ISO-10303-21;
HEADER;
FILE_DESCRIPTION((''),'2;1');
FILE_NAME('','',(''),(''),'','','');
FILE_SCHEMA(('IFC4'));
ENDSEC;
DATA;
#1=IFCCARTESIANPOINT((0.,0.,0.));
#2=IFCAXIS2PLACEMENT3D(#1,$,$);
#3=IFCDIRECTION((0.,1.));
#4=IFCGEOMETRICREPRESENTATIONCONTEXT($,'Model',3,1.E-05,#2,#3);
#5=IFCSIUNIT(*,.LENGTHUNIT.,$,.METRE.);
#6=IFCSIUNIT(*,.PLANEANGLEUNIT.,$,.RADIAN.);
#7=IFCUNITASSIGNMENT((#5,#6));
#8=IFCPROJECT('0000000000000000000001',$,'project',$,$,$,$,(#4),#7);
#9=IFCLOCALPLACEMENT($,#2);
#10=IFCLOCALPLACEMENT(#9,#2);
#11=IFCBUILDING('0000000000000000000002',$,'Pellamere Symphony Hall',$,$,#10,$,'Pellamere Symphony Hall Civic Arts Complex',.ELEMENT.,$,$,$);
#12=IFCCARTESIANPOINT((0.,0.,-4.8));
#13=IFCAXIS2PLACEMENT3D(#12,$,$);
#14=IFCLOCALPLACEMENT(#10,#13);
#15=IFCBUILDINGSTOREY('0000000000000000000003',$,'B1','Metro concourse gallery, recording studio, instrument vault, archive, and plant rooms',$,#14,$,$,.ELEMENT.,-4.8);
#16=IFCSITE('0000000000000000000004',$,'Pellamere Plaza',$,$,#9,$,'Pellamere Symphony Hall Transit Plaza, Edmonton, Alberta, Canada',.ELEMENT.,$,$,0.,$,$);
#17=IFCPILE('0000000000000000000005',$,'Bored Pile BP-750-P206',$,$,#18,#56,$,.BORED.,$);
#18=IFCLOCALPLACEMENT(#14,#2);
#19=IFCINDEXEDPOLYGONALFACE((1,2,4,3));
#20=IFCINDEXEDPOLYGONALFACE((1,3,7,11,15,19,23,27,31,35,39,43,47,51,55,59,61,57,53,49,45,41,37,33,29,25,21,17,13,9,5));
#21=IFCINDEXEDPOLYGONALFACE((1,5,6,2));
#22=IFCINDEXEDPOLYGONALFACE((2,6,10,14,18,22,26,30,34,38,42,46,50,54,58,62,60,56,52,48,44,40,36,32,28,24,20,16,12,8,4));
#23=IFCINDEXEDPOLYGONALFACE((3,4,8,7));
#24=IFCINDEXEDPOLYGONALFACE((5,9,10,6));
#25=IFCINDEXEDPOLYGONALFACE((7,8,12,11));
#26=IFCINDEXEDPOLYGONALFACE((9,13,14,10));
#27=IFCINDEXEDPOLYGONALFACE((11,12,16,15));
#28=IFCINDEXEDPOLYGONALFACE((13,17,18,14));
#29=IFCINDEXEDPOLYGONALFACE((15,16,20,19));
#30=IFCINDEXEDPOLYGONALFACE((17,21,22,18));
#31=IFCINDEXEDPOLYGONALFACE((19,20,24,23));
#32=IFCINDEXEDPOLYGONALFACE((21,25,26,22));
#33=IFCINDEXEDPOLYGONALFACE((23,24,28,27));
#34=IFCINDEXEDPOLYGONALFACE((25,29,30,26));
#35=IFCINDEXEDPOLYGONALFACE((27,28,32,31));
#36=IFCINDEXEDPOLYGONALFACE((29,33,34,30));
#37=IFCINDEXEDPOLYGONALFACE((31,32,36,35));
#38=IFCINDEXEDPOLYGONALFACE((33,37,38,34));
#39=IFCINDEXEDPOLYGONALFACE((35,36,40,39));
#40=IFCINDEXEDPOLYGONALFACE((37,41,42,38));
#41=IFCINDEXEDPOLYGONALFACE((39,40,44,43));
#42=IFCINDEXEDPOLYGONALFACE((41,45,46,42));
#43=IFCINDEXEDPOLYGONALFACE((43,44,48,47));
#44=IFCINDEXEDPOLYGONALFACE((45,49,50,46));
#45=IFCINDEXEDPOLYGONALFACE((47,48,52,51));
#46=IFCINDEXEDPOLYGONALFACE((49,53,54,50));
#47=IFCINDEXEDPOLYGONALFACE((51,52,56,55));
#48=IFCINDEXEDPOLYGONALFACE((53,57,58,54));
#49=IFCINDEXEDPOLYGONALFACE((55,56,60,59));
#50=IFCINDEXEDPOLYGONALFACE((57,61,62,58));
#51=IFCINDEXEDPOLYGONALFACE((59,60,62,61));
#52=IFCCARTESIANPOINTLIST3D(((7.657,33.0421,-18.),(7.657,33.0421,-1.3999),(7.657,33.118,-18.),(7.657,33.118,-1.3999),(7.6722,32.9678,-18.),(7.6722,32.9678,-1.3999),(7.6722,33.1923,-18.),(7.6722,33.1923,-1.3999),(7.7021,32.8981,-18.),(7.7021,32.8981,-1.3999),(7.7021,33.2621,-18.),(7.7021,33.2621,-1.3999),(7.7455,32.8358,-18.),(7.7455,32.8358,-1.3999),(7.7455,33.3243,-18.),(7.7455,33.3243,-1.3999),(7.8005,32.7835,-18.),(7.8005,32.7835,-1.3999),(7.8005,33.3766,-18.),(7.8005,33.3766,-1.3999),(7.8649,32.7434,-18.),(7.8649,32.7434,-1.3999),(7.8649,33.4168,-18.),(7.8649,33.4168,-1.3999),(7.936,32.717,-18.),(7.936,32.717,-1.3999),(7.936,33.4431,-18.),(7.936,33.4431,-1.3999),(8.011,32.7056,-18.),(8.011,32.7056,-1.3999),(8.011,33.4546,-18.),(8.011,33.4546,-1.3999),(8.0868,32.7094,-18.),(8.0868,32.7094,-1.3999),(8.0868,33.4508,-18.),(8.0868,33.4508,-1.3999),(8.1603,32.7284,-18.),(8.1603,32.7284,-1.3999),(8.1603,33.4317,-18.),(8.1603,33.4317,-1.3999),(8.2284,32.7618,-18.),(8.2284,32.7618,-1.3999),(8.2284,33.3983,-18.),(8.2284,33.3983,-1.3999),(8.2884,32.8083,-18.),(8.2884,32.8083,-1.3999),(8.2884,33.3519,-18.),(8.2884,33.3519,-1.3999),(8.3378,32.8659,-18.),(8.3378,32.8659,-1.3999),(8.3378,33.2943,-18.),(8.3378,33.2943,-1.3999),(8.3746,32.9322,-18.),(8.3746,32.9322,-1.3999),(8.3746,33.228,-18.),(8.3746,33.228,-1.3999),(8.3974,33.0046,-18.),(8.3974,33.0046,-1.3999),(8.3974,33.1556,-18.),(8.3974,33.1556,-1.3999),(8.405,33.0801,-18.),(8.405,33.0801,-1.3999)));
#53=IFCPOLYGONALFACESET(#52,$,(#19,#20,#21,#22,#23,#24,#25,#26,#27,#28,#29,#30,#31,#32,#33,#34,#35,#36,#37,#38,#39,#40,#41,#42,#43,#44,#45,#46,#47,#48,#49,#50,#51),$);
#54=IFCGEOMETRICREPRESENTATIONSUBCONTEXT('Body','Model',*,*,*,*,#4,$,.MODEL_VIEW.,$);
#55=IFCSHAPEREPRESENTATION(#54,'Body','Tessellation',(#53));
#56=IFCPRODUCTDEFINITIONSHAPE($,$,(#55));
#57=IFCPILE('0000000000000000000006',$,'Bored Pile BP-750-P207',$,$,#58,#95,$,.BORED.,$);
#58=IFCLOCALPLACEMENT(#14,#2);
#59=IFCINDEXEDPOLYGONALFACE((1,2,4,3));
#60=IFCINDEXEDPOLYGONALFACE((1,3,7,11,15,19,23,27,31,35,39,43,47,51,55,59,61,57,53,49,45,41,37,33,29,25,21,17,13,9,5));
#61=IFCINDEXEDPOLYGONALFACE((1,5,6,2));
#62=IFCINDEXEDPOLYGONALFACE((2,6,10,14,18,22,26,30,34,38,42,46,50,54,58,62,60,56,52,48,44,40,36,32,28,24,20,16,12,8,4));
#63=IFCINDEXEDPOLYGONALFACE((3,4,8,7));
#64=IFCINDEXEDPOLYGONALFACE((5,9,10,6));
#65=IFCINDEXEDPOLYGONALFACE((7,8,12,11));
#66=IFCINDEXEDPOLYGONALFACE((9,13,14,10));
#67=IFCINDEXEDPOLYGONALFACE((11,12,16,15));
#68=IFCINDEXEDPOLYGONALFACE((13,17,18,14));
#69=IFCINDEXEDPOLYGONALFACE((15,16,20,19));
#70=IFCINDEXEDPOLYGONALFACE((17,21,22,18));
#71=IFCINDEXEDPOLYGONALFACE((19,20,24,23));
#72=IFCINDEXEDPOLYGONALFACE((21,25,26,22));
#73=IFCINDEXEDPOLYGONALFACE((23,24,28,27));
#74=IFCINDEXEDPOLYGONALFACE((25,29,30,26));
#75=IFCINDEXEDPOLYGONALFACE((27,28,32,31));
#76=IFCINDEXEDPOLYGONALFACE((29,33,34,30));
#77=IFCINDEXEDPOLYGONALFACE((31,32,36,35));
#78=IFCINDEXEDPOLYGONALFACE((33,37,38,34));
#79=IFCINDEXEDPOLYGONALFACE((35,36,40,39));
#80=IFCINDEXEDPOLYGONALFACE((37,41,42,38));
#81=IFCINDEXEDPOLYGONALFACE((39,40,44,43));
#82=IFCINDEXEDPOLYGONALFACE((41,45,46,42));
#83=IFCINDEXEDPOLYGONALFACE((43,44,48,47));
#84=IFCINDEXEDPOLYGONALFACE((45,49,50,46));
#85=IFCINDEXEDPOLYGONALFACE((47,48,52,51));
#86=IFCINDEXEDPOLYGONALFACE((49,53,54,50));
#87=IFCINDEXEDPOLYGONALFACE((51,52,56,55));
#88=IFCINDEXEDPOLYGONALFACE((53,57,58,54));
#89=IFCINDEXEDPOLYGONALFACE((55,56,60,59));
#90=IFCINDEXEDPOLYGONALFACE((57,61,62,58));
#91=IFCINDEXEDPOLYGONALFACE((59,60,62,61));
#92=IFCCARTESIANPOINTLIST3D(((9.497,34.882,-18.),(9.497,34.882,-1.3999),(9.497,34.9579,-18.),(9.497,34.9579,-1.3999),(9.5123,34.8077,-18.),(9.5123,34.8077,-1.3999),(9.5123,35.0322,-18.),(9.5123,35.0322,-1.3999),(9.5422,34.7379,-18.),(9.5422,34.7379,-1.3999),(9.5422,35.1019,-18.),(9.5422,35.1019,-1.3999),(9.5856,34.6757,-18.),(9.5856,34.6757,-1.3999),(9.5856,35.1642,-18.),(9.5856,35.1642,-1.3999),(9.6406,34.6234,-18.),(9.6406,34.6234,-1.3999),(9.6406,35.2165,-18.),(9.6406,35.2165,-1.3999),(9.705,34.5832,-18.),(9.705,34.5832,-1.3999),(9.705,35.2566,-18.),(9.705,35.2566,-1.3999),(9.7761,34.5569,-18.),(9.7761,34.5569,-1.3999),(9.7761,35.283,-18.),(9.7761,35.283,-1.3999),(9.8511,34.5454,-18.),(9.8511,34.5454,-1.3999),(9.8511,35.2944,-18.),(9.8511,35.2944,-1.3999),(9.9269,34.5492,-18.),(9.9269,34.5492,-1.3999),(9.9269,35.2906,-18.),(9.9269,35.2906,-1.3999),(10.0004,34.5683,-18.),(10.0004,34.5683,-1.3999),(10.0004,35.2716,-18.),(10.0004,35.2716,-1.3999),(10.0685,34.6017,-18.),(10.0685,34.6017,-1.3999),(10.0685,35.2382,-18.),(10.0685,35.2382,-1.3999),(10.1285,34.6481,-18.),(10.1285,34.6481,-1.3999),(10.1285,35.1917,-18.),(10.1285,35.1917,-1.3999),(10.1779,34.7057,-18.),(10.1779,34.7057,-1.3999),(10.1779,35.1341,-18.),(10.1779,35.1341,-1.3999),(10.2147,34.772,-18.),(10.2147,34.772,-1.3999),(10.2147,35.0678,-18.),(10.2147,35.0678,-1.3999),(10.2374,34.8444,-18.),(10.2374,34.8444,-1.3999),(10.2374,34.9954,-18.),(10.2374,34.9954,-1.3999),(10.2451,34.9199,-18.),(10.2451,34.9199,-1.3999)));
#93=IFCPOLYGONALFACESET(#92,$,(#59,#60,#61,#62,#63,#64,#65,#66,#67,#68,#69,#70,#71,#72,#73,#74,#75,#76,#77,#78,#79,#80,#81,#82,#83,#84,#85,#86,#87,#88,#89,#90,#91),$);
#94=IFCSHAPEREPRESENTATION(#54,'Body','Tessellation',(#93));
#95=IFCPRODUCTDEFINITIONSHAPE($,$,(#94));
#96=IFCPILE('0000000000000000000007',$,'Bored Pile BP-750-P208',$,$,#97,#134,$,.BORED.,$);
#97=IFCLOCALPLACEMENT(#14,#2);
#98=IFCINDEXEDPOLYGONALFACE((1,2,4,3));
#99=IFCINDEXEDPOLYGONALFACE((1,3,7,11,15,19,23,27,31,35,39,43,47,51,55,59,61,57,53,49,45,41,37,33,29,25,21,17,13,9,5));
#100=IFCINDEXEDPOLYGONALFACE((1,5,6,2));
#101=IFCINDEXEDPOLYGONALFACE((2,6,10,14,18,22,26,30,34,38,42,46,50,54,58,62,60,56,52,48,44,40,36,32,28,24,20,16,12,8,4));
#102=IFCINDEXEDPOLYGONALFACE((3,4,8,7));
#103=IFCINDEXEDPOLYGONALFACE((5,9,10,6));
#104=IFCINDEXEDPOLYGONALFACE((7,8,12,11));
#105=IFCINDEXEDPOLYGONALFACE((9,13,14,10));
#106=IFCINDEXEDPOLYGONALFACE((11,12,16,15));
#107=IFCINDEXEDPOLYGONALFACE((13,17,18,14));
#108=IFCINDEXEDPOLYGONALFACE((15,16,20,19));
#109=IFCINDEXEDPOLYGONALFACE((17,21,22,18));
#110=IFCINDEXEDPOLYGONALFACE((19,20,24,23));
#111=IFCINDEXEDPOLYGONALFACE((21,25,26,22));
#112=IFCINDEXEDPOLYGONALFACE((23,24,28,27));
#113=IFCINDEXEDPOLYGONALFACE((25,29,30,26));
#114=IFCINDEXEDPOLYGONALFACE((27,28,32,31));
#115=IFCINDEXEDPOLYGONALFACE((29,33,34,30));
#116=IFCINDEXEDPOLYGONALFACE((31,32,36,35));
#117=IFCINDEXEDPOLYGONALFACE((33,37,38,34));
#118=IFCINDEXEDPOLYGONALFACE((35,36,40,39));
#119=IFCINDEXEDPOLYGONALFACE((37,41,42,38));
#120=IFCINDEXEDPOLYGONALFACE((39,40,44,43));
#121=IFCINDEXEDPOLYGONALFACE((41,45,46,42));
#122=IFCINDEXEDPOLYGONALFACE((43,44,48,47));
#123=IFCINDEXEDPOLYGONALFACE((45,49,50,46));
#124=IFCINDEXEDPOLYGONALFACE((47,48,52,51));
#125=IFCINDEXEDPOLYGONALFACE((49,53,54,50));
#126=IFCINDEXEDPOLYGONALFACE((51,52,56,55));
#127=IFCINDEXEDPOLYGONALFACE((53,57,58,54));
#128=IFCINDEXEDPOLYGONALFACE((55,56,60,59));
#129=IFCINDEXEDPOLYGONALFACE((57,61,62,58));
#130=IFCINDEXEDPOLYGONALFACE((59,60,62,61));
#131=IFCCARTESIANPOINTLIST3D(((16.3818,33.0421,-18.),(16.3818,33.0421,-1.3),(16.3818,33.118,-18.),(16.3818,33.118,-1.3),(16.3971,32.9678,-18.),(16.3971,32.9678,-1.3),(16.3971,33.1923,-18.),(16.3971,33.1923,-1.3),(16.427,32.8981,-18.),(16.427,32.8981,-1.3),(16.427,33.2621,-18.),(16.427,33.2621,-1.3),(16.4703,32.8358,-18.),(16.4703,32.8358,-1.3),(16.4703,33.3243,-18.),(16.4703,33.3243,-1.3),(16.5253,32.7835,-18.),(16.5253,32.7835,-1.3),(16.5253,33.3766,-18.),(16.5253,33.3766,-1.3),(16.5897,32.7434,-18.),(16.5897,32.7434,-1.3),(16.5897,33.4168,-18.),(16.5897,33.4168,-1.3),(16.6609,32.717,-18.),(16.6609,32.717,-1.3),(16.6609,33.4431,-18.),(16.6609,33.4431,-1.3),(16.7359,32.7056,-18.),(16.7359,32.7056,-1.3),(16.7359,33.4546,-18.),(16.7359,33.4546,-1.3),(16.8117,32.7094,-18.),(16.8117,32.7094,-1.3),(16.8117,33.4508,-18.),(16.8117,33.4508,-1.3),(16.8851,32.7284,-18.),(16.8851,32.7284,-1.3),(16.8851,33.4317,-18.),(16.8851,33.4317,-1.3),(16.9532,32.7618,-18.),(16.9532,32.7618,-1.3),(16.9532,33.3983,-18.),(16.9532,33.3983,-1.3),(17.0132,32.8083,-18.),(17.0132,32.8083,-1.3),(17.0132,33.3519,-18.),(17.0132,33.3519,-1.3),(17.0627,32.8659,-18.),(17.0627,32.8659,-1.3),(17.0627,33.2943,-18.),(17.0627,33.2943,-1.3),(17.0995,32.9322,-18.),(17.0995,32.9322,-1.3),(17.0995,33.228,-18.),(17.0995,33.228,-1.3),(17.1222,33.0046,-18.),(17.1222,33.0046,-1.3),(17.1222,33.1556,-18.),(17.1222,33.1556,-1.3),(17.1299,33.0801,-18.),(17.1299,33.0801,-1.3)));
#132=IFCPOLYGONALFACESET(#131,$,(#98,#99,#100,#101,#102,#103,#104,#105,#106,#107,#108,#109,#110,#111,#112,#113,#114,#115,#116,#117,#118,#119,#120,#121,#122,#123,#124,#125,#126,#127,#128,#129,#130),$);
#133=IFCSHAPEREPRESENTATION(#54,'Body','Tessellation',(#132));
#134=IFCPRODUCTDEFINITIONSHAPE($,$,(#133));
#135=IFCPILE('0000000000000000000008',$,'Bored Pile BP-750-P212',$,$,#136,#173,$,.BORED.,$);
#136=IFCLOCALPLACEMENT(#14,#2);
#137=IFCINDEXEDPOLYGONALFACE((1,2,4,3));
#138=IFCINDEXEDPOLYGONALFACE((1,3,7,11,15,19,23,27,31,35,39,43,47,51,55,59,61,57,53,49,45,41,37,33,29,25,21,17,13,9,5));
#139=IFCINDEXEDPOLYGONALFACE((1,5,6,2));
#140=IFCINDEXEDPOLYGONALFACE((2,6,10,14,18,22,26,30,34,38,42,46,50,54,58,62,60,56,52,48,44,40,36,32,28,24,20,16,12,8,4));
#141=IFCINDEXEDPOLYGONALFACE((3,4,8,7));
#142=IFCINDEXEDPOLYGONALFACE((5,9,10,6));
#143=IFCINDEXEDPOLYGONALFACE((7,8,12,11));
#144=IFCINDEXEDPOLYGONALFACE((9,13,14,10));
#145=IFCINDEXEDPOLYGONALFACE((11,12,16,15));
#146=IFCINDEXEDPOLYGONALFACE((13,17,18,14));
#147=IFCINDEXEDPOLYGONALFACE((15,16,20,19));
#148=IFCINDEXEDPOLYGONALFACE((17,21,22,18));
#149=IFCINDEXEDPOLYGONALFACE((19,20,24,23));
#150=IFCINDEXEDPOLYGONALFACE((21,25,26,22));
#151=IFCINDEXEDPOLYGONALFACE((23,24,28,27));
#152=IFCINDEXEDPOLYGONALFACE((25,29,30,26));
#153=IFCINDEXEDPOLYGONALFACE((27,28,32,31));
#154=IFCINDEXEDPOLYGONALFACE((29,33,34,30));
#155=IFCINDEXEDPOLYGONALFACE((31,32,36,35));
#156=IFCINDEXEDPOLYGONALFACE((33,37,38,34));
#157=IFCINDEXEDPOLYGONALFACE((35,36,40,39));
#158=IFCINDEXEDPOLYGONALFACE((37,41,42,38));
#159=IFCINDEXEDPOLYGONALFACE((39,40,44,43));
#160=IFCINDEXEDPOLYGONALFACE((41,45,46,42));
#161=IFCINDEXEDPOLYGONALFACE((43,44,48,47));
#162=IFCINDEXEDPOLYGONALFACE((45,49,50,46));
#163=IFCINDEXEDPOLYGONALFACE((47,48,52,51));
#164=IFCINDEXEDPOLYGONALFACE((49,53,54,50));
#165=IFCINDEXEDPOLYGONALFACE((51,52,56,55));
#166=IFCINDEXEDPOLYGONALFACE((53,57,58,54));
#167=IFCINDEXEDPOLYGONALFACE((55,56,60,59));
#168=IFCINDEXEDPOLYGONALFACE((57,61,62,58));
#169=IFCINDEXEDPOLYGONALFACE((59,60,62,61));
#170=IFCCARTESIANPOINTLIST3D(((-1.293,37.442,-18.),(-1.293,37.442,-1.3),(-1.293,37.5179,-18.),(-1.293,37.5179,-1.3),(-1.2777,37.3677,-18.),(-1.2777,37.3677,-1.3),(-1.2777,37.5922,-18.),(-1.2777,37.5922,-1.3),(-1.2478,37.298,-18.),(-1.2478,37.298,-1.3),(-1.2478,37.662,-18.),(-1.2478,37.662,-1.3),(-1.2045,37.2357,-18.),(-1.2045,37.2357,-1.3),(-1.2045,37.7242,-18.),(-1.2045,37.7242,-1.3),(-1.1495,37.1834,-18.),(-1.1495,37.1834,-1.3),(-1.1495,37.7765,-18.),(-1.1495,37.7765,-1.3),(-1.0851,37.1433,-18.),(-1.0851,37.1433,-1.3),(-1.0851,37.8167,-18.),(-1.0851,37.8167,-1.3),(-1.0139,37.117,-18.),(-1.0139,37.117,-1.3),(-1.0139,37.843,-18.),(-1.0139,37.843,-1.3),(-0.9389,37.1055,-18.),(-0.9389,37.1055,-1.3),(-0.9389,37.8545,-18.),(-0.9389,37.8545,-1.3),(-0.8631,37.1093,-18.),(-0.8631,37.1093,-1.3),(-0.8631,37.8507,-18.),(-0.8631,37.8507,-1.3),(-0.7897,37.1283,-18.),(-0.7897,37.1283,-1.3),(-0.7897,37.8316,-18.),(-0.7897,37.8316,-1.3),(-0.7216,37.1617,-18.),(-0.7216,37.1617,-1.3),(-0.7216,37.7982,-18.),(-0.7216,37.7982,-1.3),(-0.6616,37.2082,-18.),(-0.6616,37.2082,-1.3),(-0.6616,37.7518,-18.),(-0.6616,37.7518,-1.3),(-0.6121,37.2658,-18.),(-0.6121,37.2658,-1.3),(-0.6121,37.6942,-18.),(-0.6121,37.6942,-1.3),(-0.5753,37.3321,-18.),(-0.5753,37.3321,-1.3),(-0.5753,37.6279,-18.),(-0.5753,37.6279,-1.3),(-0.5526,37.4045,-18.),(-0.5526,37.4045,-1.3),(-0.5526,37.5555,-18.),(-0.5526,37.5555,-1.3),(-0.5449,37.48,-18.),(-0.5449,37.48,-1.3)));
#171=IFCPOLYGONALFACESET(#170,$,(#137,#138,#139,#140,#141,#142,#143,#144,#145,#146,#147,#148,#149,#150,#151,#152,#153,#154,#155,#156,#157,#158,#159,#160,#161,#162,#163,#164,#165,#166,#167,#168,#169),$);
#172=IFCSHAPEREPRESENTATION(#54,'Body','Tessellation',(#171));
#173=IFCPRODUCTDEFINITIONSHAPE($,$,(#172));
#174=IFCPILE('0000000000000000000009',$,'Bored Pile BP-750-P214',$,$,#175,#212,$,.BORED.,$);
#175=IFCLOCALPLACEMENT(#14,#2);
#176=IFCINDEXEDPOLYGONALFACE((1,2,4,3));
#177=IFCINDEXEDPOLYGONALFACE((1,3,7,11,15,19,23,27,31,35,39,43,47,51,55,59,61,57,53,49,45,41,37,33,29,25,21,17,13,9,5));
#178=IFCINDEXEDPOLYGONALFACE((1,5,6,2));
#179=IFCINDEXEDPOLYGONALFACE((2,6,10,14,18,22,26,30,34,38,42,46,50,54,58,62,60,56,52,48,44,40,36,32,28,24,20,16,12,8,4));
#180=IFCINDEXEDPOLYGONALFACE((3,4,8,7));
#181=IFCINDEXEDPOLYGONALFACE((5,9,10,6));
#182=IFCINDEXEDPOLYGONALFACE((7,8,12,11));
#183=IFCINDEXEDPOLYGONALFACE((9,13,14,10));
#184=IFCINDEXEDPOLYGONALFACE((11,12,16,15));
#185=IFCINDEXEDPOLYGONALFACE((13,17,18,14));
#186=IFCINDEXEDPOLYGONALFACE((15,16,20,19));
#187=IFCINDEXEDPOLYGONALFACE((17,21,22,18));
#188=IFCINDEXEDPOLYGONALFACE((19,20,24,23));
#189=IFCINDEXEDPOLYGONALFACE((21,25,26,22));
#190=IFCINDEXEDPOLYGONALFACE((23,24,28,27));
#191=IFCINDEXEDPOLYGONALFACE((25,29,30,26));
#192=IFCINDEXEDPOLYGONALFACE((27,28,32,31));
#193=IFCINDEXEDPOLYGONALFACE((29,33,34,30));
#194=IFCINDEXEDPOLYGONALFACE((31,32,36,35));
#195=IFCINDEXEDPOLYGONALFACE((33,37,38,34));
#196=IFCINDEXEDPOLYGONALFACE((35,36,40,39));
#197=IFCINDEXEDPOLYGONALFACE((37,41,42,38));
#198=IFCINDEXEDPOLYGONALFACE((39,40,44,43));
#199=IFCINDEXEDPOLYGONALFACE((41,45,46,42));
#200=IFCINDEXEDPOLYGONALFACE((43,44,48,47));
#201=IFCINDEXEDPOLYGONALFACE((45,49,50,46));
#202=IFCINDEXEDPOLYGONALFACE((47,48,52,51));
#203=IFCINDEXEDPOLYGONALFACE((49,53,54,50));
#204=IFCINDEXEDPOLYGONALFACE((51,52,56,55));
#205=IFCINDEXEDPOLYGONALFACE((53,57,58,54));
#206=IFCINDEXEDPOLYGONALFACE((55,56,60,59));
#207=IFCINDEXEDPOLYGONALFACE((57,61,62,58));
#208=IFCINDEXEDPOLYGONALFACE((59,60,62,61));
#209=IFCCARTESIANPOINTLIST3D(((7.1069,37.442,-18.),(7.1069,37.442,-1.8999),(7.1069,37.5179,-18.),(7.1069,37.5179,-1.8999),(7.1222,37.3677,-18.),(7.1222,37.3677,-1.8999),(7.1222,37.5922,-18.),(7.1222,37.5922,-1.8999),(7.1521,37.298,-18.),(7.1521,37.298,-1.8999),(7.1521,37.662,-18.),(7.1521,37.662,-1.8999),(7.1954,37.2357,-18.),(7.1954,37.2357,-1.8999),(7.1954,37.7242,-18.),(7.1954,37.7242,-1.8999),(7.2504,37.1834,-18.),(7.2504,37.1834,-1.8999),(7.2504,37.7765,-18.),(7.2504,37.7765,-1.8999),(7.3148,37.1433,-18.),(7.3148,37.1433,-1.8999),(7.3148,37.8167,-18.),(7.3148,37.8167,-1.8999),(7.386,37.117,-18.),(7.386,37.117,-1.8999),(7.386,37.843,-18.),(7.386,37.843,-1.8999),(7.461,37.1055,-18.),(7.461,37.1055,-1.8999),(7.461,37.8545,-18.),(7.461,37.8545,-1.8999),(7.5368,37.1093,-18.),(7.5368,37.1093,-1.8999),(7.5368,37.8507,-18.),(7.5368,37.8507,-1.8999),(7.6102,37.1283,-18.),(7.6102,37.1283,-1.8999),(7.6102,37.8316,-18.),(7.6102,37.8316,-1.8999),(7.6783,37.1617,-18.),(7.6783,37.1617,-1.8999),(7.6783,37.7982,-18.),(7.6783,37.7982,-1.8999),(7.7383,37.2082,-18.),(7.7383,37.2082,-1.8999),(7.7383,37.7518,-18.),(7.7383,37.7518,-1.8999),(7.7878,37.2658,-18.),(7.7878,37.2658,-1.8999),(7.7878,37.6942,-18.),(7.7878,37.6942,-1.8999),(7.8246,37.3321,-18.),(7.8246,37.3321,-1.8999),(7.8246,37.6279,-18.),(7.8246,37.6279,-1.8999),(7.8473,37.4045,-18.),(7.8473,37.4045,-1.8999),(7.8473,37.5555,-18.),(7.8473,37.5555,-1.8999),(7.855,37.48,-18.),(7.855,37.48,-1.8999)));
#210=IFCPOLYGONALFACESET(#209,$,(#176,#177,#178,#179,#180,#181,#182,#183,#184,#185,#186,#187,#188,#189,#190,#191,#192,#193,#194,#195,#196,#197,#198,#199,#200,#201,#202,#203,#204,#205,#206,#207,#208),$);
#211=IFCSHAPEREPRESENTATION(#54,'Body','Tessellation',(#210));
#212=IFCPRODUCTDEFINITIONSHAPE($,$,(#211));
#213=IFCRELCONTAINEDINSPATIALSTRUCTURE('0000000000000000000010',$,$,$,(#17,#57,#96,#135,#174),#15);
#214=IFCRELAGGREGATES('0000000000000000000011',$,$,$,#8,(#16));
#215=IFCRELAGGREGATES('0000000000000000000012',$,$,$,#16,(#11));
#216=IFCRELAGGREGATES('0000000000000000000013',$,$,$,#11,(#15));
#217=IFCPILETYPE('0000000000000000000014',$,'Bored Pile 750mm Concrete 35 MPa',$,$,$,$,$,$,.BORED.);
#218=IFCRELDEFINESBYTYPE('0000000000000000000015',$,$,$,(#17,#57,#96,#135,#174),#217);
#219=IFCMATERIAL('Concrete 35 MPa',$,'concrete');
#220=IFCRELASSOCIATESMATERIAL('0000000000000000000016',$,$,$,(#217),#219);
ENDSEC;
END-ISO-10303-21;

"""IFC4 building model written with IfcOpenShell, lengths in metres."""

from ifc_helpers import new_model, si_unit, direction, frame, origin, origin_2d, place, context, subcontext, project, spatial, circle, extrude, material, material_profile, profile_set, type_object, element, save


model = new_model("IFC4")

# Units and contexts
model_context = context("Model", 3, precision=1e-05, world=origin(), true_north=direction((0.0, 1.0)))
body_context = subcontext(model_context, "Body", "Model", "MODEL_VIEW")
ifc_project = project(units=[si_unit("LENGTHUNIT", "METRE"), si_unit("PLANEANGLEUNIT", "RADIAN")], contexts=[model_context])

# Site, building, storey
site_placement = place(None, origin())
site = spatial("IfcSite", under=ifc_project, at=site_placement, Name="Pellamere Plaza", LongName="Pellamere Symphony Hall Transit Plaza, Edmonton, Alberta, Canada", CompositionType="ELEMENT", RefElevation=0.0)
building_placement = place(site_placement, origin())
building = spatial("IfcBuilding", under=site, at=building_placement, Name="Pellamere Symphony Hall", LongName="Pellamere Symphony Hall Civic Arts Complex", CompositionType="ELEMENT")
storey_placement = place(building_placement, frame((0.0, 0.0, -4.8)))
storey = spatial("IfcBuildingStorey", under=building, at=storey_placement, Name="B1", Description="Metro concourse gallery, recording studio, instrument vault, archive, and plant rooms", CompositionType="ELEMENT", Elevation=-4.8)

# Piles
ifc_material_1 = material(Name="Concrete 35 MPa", Category="concrete")
ifc_material_profile_1 = material_profile(ifc_material_1, circle(Radius=0.375, at=origin_2d()), Name="PILE D750")
ifc_profile_set_1 = profile_set([ifc_material_profile_1], Name="Concrete 35 MPa")
pile_type = type_object("IfcPileType", Name="Bored Pile 750mm Concrete 35 MPa", PredefinedType="BORED", material=ifc_profile_set_1)
for number, where, z_axis, x_axis, name in (
    (1, (8.03, 33.0801, -1.3999), (0.0, 0.0, -1.0), (1.0, 0.0, 0.0), "Bored Pile BP-750-P206"),
    (2, (9.8701, 34.9199, -1.3999), (0.0, 0.0, -1.0), (1.0, 0.0, 0.0), "Bored Pile BP-750-P207"),
):
    element("IfcPile", number, at=place(storey_placement, frame(where, z_axis=z_axis, x_axis=x_axis)), inside=storey, type_object=pile_type, Name=name, PredefinedType="BORED", context=body_context, shape_type="SweptSolid", body=[
        extrude(circle(Radius=0.375, at=origin_2d()), origin(), (0.0, 0.0, 1.0), 16.6001),
    ])
for number, where, z_axis, x_axis, name in (
    (3, (16.7549, 33.0801, -1.3), (0.0, 0.0, -1.0), (1.0, 0.0, 0.0), "Bored Pile BP-750-P208"),
    (4, (-0.9199, 37.48, -1.3), (0.0, 0.0, -1.0), (1.0, 0.0, 0.0), "Bored Pile BP-750-P212"),
):
    element("IfcPile", number, at=place(storey_placement, frame(where, z_axis=z_axis, x_axis=x_axis)), inside=storey, type_object=pile_type, Name=name, PredefinedType="BORED", context=body_context, shape_type="SweptSolid", body=[
        extrude(circle(Radius=0.375, at=origin_2d()), origin(), (0.0, 0.0, 1.0), 16.7),
    ])
for number, where, z_axis, x_axis, name in (
    (5, (7.48, 37.48, -1.8999), (0.0, 0.0, -1.0), (1.0, 0.0, 0.0), "Bored Pile BP-750-P214"),
):
    element("IfcPile", number, at=place(storey_placement, frame(where, z_axis=z_axis, x_axis=x_axis)), inside=storey, type_object=pile_type, Name=name, PredefinedType="BORED", context=body_context, shape_type="SweptSolid", body=[
        extrude(circle(Radius=0.375, at=origin_2d()), origin(), (0.0, 0.0, 1.0), 16.1001),
    ])

save(model, "model.ifc")
